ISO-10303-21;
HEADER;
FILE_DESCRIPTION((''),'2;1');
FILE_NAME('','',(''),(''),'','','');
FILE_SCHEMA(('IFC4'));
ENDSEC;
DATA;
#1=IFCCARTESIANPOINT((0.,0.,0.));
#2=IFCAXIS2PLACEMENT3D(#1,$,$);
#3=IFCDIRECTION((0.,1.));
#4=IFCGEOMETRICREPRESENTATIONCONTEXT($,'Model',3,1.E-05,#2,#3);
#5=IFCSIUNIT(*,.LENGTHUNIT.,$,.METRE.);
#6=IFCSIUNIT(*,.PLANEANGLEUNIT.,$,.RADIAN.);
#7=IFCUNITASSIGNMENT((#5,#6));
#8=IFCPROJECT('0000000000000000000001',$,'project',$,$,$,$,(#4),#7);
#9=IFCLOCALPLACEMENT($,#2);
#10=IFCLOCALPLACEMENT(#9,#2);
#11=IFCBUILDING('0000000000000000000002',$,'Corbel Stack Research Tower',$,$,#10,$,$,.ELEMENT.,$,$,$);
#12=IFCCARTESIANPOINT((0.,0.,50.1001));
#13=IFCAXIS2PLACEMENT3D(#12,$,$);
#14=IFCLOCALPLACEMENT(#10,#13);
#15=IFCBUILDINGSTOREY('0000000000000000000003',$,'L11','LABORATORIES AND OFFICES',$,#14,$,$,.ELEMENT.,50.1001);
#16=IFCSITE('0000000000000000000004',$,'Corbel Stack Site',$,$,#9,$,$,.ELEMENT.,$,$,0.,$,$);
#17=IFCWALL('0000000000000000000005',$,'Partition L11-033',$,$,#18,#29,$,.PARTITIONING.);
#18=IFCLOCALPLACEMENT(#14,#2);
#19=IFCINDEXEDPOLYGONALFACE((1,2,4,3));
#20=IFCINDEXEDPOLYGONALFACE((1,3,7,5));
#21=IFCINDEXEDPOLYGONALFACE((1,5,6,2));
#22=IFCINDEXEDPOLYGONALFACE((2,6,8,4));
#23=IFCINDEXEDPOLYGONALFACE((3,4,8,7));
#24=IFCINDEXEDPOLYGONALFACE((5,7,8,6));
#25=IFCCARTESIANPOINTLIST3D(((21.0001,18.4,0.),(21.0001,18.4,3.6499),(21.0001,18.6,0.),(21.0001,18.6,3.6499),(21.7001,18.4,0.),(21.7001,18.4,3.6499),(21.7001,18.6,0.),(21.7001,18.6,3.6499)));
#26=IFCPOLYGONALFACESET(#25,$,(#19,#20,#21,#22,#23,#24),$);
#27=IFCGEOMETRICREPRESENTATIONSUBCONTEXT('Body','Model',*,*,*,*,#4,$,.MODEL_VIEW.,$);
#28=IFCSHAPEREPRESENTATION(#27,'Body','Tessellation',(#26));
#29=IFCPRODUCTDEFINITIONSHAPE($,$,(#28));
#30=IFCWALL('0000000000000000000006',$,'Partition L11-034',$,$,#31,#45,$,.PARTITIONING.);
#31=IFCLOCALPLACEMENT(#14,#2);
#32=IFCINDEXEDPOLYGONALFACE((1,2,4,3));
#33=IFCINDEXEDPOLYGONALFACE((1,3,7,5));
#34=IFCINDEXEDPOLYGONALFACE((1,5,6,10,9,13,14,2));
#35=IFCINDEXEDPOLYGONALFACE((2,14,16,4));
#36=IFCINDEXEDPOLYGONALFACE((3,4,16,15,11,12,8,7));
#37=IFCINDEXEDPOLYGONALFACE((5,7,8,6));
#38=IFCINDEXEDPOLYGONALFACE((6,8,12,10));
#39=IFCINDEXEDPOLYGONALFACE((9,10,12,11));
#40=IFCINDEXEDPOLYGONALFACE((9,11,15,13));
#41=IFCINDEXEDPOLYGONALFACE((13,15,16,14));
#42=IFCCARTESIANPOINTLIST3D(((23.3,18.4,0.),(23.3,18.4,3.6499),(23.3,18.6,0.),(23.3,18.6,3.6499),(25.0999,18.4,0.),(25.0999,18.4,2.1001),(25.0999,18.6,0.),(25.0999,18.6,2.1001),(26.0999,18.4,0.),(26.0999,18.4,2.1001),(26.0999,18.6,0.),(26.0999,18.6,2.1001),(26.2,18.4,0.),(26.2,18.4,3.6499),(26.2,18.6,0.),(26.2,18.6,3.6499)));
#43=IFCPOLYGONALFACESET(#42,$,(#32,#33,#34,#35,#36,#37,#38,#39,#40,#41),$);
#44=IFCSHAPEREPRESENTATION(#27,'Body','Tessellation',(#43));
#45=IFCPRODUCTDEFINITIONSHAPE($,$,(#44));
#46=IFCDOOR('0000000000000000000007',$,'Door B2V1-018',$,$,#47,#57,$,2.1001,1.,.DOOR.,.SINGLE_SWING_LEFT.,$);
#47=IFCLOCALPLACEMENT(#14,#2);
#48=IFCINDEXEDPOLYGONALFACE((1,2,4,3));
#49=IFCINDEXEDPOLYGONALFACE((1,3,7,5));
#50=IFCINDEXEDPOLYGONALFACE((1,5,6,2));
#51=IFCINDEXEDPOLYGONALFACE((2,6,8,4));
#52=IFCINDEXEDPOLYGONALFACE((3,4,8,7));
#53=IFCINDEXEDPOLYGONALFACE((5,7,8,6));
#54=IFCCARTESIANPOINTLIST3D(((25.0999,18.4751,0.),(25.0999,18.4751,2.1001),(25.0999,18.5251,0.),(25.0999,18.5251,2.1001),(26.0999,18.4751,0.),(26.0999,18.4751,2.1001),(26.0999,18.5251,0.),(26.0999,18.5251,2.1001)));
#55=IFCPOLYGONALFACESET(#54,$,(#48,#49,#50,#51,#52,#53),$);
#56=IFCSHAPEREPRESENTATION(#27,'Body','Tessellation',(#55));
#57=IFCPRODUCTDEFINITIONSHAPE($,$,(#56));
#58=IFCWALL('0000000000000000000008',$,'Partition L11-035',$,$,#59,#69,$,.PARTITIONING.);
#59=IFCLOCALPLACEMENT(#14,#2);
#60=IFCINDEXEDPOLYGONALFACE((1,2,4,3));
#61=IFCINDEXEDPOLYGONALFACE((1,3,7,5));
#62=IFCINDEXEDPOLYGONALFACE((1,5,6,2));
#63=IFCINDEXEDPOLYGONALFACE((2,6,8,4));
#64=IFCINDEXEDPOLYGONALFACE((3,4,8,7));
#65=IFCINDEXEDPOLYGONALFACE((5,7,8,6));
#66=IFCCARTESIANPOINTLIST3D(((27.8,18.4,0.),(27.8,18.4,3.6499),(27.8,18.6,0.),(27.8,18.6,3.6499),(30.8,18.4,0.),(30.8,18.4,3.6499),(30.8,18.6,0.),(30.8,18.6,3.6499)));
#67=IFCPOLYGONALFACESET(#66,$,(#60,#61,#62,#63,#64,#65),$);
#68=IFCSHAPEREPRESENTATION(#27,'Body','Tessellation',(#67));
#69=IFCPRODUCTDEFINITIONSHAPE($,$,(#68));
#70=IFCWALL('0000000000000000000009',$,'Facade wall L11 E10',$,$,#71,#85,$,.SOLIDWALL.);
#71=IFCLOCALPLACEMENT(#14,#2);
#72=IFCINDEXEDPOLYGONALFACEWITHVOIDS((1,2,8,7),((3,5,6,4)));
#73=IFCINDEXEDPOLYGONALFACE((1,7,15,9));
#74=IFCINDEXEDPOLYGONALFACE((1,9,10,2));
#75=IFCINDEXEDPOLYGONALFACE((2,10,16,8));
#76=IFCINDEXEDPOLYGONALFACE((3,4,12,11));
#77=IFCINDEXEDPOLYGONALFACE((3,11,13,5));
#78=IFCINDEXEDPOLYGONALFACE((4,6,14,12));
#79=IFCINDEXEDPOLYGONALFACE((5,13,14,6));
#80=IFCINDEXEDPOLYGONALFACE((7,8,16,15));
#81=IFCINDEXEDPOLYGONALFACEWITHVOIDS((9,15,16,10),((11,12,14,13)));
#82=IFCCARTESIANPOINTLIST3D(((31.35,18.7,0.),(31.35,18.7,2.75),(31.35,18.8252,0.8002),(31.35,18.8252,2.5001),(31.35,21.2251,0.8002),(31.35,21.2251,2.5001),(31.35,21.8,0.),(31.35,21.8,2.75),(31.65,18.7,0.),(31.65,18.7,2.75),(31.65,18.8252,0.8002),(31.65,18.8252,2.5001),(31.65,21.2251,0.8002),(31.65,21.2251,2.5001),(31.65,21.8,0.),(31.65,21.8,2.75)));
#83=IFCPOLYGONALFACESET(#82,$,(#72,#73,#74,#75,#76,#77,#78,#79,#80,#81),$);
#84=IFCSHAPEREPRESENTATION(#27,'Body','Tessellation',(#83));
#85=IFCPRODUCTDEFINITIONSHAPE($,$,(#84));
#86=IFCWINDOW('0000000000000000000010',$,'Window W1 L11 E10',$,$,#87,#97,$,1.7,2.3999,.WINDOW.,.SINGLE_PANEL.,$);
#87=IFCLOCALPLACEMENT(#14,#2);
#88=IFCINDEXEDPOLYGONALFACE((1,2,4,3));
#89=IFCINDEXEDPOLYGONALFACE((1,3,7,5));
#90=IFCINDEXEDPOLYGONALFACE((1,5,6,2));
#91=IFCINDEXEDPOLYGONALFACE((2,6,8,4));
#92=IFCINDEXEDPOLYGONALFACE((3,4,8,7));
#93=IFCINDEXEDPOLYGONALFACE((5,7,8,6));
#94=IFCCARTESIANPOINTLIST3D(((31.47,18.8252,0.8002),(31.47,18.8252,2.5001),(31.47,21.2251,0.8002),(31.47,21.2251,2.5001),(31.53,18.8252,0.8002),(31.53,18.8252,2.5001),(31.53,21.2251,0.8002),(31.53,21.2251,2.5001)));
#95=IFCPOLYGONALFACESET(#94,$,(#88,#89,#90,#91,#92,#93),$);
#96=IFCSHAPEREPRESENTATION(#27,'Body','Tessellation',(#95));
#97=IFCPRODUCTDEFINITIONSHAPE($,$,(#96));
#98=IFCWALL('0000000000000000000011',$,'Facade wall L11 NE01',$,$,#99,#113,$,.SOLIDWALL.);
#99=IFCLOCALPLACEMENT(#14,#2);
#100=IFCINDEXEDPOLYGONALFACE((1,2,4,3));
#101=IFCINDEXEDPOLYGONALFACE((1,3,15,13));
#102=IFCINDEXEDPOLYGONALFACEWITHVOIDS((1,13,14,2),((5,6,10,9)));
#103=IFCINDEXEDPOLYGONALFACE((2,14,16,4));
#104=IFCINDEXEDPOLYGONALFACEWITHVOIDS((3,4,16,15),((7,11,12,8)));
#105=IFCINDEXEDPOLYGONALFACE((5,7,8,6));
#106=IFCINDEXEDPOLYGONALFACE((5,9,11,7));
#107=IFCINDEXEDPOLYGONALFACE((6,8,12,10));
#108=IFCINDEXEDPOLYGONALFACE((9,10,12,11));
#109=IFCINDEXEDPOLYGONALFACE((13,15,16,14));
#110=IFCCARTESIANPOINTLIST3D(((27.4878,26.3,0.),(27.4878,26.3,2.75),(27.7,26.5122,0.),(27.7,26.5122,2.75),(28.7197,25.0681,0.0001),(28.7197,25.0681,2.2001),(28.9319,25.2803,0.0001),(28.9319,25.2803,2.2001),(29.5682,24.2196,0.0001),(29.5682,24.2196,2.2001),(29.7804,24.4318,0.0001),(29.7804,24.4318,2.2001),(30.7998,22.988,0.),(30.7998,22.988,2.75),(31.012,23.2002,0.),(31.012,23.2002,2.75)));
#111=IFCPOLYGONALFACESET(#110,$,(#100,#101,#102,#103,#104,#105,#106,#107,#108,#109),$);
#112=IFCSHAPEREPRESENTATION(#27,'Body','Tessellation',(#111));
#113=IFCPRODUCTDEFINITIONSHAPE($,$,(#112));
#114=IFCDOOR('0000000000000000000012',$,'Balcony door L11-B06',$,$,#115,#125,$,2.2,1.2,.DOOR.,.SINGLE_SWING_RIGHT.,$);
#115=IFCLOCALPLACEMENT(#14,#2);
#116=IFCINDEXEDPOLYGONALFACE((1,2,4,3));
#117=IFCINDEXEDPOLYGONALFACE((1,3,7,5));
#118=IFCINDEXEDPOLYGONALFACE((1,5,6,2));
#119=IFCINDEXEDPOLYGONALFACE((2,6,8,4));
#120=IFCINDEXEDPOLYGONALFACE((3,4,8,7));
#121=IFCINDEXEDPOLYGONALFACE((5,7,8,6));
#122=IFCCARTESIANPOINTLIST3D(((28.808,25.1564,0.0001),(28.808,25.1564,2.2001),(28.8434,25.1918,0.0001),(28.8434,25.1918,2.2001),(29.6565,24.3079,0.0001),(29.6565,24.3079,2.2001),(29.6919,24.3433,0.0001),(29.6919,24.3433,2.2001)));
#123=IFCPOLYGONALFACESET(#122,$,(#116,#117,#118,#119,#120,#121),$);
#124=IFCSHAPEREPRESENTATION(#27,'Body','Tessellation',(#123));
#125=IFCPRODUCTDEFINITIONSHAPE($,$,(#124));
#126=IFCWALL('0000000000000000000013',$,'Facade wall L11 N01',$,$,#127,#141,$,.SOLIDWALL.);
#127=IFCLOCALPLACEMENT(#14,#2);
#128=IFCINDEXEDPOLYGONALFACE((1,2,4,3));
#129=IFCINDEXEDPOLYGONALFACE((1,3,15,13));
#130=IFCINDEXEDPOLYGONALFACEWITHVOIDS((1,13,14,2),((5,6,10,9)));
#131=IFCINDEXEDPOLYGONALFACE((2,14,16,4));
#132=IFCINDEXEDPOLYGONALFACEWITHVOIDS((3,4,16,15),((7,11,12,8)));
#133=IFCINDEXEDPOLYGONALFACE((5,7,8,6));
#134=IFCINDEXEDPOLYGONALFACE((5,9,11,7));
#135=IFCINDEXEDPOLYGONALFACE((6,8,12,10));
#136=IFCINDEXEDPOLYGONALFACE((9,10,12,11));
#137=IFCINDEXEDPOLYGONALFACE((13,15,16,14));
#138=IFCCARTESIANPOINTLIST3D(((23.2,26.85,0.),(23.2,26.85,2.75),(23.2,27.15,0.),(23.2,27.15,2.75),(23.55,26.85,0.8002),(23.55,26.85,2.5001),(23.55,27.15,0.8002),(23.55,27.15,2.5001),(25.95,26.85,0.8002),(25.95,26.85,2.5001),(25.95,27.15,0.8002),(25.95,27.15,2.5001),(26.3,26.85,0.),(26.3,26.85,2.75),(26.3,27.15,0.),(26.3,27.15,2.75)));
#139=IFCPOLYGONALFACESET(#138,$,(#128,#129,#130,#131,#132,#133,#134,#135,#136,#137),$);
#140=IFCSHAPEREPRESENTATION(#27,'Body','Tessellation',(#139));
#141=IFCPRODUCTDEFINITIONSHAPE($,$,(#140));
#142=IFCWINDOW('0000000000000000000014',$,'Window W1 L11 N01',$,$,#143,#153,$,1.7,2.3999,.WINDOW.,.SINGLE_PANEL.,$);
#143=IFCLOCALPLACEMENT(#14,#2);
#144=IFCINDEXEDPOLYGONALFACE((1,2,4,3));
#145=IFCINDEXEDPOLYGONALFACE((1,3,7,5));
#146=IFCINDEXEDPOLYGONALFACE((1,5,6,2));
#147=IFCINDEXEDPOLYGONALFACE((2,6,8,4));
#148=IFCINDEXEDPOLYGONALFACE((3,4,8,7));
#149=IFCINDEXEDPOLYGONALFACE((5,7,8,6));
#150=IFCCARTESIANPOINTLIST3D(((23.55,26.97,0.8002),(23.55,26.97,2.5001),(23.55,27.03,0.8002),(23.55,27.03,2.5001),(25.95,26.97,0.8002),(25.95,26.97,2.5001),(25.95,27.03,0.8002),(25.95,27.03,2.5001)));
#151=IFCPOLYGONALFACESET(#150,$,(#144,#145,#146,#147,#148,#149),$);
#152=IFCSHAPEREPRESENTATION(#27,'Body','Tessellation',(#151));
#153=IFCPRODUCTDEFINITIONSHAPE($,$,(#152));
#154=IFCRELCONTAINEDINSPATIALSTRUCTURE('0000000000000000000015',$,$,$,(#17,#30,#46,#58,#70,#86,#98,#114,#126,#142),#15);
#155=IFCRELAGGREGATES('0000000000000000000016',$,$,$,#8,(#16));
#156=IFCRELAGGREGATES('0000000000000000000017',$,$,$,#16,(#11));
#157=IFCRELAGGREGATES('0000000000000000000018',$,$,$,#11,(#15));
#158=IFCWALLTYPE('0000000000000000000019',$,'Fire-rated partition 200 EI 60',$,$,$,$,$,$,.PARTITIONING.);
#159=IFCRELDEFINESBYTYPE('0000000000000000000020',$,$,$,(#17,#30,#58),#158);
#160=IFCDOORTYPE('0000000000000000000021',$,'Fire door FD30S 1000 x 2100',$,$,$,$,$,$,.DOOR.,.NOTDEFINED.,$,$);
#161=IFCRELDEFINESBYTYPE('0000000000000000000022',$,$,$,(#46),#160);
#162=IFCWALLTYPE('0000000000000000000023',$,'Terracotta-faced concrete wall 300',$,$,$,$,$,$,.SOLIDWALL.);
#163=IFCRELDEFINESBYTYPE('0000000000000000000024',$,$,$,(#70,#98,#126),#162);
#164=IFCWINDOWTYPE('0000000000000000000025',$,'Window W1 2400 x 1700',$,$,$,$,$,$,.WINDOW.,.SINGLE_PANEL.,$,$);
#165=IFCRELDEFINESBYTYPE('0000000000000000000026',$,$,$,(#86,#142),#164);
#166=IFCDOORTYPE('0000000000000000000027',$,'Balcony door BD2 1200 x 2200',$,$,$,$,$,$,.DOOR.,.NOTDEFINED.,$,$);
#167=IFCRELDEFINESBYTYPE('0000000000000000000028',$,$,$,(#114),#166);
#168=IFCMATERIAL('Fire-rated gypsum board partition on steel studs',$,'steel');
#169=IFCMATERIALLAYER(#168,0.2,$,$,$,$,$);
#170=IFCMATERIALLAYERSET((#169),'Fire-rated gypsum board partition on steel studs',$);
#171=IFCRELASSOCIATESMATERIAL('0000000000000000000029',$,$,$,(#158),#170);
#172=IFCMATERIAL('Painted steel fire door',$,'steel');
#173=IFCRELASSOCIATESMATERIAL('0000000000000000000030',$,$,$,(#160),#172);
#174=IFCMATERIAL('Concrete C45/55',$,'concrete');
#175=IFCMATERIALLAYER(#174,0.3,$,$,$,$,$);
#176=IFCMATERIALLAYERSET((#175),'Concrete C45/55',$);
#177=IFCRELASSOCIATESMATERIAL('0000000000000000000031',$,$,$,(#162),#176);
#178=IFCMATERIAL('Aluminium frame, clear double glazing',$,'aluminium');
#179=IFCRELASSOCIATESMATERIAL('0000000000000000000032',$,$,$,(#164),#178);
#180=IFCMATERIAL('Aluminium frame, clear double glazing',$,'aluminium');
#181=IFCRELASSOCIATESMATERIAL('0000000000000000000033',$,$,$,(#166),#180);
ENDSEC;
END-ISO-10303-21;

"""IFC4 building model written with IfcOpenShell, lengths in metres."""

from ifc_helpers import new_model, si_unit, direction, frame, frame_2d, origin, place, context, subcontext, project, spatial, rectangle, extrude, material, layer, layer_set, type_object, element, fill, save


model = new_model("IFC4")

# Units and contexts
model_context = context("Model", 3, precision=1e-05, world=origin(), true_north=direction((0.0, 1.0)))
body_context = subcontext(model_context, "Body", "Model", "MODEL_VIEW")
ifc_project = project(units=[si_unit("LENGTHUNIT", "METRE"), si_unit("PLANEANGLEUNIT", "RADIAN")], contexts=[model_context])

# Site, building, storey
site_placement = place(None, origin())
site = spatial("IfcSite", under=ifc_project, at=site_placement, Name="Corbel Stack Site", CompositionType="ELEMENT", RefElevation=0.0)
building_placement = place(site_placement, origin())
building = spatial("IfcBuilding", under=site, at=building_placement, Name="Corbel Stack Research Tower", CompositionType="ELEMENT")
storey_placement = place(building_placement, frame((0.0, 0.0, 50.1001)))
storey = spatial("IfcBuildingStorey", under=building, at=storey_placement, Name="L11", Description="LABORATORIES AND OFFICES", CompositionType="ELEMENT", Elevation=50.1001)

# Shared definitions
ifc_material_1 = material(Name="Fire-rated gypsum board partition on steel studs", Category="steel")
ifc_layer_1 = layer(ifc_material_1, 0.2)
ifc_layer_set_1 = layer_set([ifc_layer_1], Name="Fire-rated gypsum board partition on steel studs")
wall_type_1 = type_object("IfcWallType", Name="Fire-rated partition 200 EI 60", PredefinedType="PARTITIONING", material=ifc_layer_set_1)
ifc_material_2 = material(Name="Painted steel fire door", Category="steel")
door_type_1 = type_object("IfcDoorType", Name="Fire door FD30S 1000 x 2100", OperationType="NOTDEFINED", PredefinedType="DOOR", material=ifc_material_2)

# Wall
wall_1_placement = place(storey_placement, frame((21.0, 18.5, 0.0), z_axis=(0.0, 0.0, 1.0), x_axis=(1.0, 0.0, 0.0)))
element("IfcWall", 1, at=wall_1_placement, inside=storey, type_object=wall_type_1, Name="Partition L11-033", PredefinedType="PARTITIONING", context=body_context, shape_type="SweptSolid", body=[
    extrude(rectangle(XDim=0.7, YDim=0.2, at=frame_2d((0.3501, 0.0))), origin(), (0.0, 0.0, 1.0), 3.6499),
])

# Wall, opening, door
wall_2_placement = place(storey_placement, frame((26.2, 18.5, 0.0), z_axis=(0.0, 0.0, 1.0), x_axis=(-1.0, 0.0, 0.0)))
wall_2 = element("IfcWall", 2, at=wall_2_placement, inside=storey, type_object=wall_type_1, Name="Partition L11-034", PredefinedType="PARTITIONING", context=body_context, shape_type="SweptSolid", body=[
    extrude(rectangle(XDim=2.8999, YDim=0.2, at=frame_2d((1.45, 0.0))), origin(), (0.0, 0.0, 1.0), 3.6499),
])
opening_1_placement = place(wall_2_placement, frame((0.1001, 0.0, 0.0)))
opening_1 = element("IfcOpeningElement", 3, at=opening_1_placement, cuts=wall_2, PredefinedType="OPENING", context=body_context, shape_type="SweptSolid", body=[
    extrude(rectangle(XDim=1.0, YDim=2.1001, at=frame_2d((0.5, 1.05))), frame((0.0, 0.1099, 0.0), z_axis=(0.0, -1.0, 0.0), x_axis=(1.0, 0.0, 0.0)), (0.0, 0.0, 1.0), 0.22),
])
door_1_placement = place(opening_1_placement, origin())
door_1 = element("IfcDoor", 4, at=door_1_placement, inside=storey, type_object=door_type_1, Name="Door B2V1-018", OperationType="SINGLE_SWING_LEFT", OverallHeight=2.1001, OverallWidth=1.0, PredefinedType="DOOR", context=body_context, shape_type="SweptSolid", body=[
    extrude(rectangle(XDim=1.0, YDim=2.1001, at=frame_2d((0.5, 1.05))), frame((0.0, 0.0249, 0.0), z_axis=(0.0, -1.0, 0.0), x_axis=(1.0, 0.0, 0.0)), (0.0, 0.0, 1.0), 0.05),
])
fill(opening_1, door_1)

# Wall
wall_3_placement = place(storey_placement, frame((27.8, 18.5, 0.0), z_axis=(0.0, 0.0, 1.0), x_axis=(1.0, 0.0, 0.0)))
element("IfcWall", 5, at=wall_3_placement, inside=storey, type_object=wall_type_1, Name="Partition L11-035", PredefinedType="PARTITIONING", context=body_context, shape_type="SweptSolid", body=[
    extrude(rectangle(XDim=3.0, YDim=0.2, at=frame_2d((1.5, 0.0))), origin(), (0.0, 0.0, 1.0), 3.6499),
])

# Wall, opening, window
ifc_material_3 = material(Name="Concrete C45/55", Category="concrete")
ifc_layer_2 = layer(ifc_material_3, 0.3)
ifc_layer_set_2 = layer_set([ifc_layer_2], Name="Concrete C45/55")
wall_type_2 = type_object("IfcWallType", Name="Terracotta-faced concrete wall 300", PredefinedType="SOLIDWALL", material=ifc_layer_set_2)
wall_4_placement = place(storey_placement, frame((31.5, 21.8, 0.0), z_axis=(0.0, 0.0, 1.0), x_axis=(0.0, -1.0, 0.0)))
wall_4 = element("IfcWall", 6, at=wall_4_placement, inside=storey, type_object=wall_type_2, Name="Facade wall L11 E10", PredefinedType="SOLIDWALL", context=body_context, shape_type="SweptSolid", body=[
    extrude(rectangle(XDim=3.1001, YDim=0.3, at=frame_2d((1.55, 0.0))), origin(), (0.0, 0.0, 1.0), 2.75),
])
opening_2_placement = place(wall_4_placement, frame((0.575, 0.0, 0.8)))
opening_2 = element("IfcOpeningElement", 7, at=opening_2_placement, cuts=wall_4, PredefinedType="OPENING", context=body_context, shape_type="SweptSolid", body=[
    extrude(rectangle(XDim=2.3999, YDim=1.7, at=frame_2d((1.2, 0.8501))), frame((0.0, 0.1599, 0.0), z_axis=(0.0, -1.0, 0.0), x_axis=(1.0, 0.0, 0.0)), (0.0, 0.0, 1.0), 0.3201),
])
ifc_material_4 = material(Name="Aluminium frame, clear double glazing", Category="aluminium")
window_type = type_object("IfcWindowType", Name="Window W1 2400 x 1700", PartitioningType="SINGLE_PANEL", PredefinedType="WINDOW", material=ifc_material_4)
window_1_placement = place(opening_2_placement, origin())
window_1 = element("IfcWindow", 8, at=window_1_placement, inside=storey, type_object=window_type, Name="Window W1 L11 E10", OverallHeight=1.7, OverallWidth=2.3999, PartitioningType="SINGLE_PANEL", PredefinedType="WINDOW", context=body_context, shape_type="SweptSolid", body=[
    extrude(rectangle(XDim=2.3999, YDim=1.7, at=frame_2d((1.2, 0.8501))), frame((0.0, 0.03, 0.0), z_axis=(0.0, -1.0, 0.0), x_axis=(1.0, 0.0, 0.0)), (0.0, 0.0, 1.0), 0.0601),
])
fill(opening_2, window_1)

# Wall, opening, door
wall_5_placement = place(storey_placement, frame((27.594, 26.406, 0.0), z_axis=(0.0, 0.0, 1.0), x_axis=(0.707107, -0.707107, 0.0)))
wall_5 = element("IfcWall", 9, at=wall_5_placement, inside=storey, type_object=wall_type_2, Name="Facade wall L11 NE01", PredefinedType="SOLIDWALL", context=body_context, shape_type="SweptSolid", body=[
    extrude(rectangle(XDim=4.6838, YDim=0.3, at=frame_2d((2.3418, 0.0))), origin(), (0.0, 0.0, 1.0), 2.75),
])
opening_3_placement = place(wall_5_placement, frame((1.7419, 0.0, 0.0)))
opening_3 = element("IfcOpeningElement", 10, at=opening_3_placement, cuts=wall_5, PredefinedType="OPENING", context=body_context, shape_type="SweptSolid", body=[
    extrude(rectangle(XDim=1.2, YDim=2.2, at=frame_2d((0.6001, 1.1001))), frame((0.0, 0.1599, 0.0), z_axis=(0.0, -1.0, 0.0), x_axis=(1.0, 0.0, 0.0)), (0.0, 0.0, 1.0), 0.3201),
])
ifc_material_5 = material(Name="Aluminium frame, clear double glazing", Category="aluminium")
door_type_2 = type_object("IfcDoorType", Name="Balcony door BD2 1200 x 2200", OperationType="NOTDEFINED", PredefinedType="DOOR", material=ifc_material_5)
door_2_placement = place(opening_3_placement, origin())
door_2 = element("IfcDoor", 11, at=door_2_placement, inside=storey, type_object=door_type_2, Name="Balcony door L11-B06", OperationType="SINGLE_SWING_RIGHT", OverallHeight=2.2, OverallWidth=1.2, PredefinedType="DOOR", context=body_context, shape_type="SweptSolid", body=[
    extrude(rectangle(XDim=1.2, YDim=2.2, at=frame_2d((0.6001, 1.1001))), frame((0.0, 0.0249, 0.0), z_axis=(0.0, -1.0, 0.0), x_axis=(1.0, 0.0, 0.0)), (0.0, 0.0, 1.0), 0.05),
])
fill(opening_3, door_2)

# Wall, opening, window
wall_6_placement = place(storey_placement, frame((23.2, 27.0, 0.0), z_axis=(0.0, 0.0, 1.0), x_axis=(1.0, 0.0, 0.0)))
wall_6 = element("IfcWall", 12, at=wall_6_placement, inside=storey, type_object=wall_type_2, Name="Facade wall L11 N01", PredefinedType="SOLIDWALL", context=body_context, shape_type="SweptSolid", body=[
    extrude(rectangle(XDim=3.1001, YDim=0.3, at=frame_2d((1.55, 0.0))), origin(), (0.0, 0.0, 1.0), 2.75),
])
opening_4_placement = place(wall_6_placement, frame((0.3501, 0.0, 0.8)))
opening_4 = element("IfcOpeningElement", 13, at=opening_4_placement, cuts=wall_6, PredefinedType="OPENING", context=body_context, shape_type="SweptSolid", body=[
    extrude(rectangle(XDim=2.3999, YDim=1.7, at=frame_2d((1.2, 0.8501))), frame((0.0, 0.1599, 0.0), z_axis=(0.0, -1.0, 0.0), x_axis=(1.0, 0.0, 0.0)), (0.0, 0.0, 1.0), 0.3201),
])
window_2_placement = place(opening_4_placement, origin())
window_2 = element("IfcWindow", 14, at=window_2_placement, inside=storey, type_object=window_type, Name="Window W1 L11 N01", OverallHeight=1.7, OverallWidth=2.3999, PartitioningType="SINGLE_PANEL", PredefinedType="WINDOW", context=body_context, shape_type="SweptSolid", body=[
    extrude(rectangle(XDim=2.3999, YDim=1.7, at=frame_2d((1.2, 0.8501))), frame((0.0, 0.03, 0.0), z_axis=(0.0, -1.0, 0.0), x_axis=(1.0, 0.0, 0.0)), (0.0, 0.0, 1.0), 0.0601),
])
fill(opening_4, window_2)

save(model, "model.ifc")
